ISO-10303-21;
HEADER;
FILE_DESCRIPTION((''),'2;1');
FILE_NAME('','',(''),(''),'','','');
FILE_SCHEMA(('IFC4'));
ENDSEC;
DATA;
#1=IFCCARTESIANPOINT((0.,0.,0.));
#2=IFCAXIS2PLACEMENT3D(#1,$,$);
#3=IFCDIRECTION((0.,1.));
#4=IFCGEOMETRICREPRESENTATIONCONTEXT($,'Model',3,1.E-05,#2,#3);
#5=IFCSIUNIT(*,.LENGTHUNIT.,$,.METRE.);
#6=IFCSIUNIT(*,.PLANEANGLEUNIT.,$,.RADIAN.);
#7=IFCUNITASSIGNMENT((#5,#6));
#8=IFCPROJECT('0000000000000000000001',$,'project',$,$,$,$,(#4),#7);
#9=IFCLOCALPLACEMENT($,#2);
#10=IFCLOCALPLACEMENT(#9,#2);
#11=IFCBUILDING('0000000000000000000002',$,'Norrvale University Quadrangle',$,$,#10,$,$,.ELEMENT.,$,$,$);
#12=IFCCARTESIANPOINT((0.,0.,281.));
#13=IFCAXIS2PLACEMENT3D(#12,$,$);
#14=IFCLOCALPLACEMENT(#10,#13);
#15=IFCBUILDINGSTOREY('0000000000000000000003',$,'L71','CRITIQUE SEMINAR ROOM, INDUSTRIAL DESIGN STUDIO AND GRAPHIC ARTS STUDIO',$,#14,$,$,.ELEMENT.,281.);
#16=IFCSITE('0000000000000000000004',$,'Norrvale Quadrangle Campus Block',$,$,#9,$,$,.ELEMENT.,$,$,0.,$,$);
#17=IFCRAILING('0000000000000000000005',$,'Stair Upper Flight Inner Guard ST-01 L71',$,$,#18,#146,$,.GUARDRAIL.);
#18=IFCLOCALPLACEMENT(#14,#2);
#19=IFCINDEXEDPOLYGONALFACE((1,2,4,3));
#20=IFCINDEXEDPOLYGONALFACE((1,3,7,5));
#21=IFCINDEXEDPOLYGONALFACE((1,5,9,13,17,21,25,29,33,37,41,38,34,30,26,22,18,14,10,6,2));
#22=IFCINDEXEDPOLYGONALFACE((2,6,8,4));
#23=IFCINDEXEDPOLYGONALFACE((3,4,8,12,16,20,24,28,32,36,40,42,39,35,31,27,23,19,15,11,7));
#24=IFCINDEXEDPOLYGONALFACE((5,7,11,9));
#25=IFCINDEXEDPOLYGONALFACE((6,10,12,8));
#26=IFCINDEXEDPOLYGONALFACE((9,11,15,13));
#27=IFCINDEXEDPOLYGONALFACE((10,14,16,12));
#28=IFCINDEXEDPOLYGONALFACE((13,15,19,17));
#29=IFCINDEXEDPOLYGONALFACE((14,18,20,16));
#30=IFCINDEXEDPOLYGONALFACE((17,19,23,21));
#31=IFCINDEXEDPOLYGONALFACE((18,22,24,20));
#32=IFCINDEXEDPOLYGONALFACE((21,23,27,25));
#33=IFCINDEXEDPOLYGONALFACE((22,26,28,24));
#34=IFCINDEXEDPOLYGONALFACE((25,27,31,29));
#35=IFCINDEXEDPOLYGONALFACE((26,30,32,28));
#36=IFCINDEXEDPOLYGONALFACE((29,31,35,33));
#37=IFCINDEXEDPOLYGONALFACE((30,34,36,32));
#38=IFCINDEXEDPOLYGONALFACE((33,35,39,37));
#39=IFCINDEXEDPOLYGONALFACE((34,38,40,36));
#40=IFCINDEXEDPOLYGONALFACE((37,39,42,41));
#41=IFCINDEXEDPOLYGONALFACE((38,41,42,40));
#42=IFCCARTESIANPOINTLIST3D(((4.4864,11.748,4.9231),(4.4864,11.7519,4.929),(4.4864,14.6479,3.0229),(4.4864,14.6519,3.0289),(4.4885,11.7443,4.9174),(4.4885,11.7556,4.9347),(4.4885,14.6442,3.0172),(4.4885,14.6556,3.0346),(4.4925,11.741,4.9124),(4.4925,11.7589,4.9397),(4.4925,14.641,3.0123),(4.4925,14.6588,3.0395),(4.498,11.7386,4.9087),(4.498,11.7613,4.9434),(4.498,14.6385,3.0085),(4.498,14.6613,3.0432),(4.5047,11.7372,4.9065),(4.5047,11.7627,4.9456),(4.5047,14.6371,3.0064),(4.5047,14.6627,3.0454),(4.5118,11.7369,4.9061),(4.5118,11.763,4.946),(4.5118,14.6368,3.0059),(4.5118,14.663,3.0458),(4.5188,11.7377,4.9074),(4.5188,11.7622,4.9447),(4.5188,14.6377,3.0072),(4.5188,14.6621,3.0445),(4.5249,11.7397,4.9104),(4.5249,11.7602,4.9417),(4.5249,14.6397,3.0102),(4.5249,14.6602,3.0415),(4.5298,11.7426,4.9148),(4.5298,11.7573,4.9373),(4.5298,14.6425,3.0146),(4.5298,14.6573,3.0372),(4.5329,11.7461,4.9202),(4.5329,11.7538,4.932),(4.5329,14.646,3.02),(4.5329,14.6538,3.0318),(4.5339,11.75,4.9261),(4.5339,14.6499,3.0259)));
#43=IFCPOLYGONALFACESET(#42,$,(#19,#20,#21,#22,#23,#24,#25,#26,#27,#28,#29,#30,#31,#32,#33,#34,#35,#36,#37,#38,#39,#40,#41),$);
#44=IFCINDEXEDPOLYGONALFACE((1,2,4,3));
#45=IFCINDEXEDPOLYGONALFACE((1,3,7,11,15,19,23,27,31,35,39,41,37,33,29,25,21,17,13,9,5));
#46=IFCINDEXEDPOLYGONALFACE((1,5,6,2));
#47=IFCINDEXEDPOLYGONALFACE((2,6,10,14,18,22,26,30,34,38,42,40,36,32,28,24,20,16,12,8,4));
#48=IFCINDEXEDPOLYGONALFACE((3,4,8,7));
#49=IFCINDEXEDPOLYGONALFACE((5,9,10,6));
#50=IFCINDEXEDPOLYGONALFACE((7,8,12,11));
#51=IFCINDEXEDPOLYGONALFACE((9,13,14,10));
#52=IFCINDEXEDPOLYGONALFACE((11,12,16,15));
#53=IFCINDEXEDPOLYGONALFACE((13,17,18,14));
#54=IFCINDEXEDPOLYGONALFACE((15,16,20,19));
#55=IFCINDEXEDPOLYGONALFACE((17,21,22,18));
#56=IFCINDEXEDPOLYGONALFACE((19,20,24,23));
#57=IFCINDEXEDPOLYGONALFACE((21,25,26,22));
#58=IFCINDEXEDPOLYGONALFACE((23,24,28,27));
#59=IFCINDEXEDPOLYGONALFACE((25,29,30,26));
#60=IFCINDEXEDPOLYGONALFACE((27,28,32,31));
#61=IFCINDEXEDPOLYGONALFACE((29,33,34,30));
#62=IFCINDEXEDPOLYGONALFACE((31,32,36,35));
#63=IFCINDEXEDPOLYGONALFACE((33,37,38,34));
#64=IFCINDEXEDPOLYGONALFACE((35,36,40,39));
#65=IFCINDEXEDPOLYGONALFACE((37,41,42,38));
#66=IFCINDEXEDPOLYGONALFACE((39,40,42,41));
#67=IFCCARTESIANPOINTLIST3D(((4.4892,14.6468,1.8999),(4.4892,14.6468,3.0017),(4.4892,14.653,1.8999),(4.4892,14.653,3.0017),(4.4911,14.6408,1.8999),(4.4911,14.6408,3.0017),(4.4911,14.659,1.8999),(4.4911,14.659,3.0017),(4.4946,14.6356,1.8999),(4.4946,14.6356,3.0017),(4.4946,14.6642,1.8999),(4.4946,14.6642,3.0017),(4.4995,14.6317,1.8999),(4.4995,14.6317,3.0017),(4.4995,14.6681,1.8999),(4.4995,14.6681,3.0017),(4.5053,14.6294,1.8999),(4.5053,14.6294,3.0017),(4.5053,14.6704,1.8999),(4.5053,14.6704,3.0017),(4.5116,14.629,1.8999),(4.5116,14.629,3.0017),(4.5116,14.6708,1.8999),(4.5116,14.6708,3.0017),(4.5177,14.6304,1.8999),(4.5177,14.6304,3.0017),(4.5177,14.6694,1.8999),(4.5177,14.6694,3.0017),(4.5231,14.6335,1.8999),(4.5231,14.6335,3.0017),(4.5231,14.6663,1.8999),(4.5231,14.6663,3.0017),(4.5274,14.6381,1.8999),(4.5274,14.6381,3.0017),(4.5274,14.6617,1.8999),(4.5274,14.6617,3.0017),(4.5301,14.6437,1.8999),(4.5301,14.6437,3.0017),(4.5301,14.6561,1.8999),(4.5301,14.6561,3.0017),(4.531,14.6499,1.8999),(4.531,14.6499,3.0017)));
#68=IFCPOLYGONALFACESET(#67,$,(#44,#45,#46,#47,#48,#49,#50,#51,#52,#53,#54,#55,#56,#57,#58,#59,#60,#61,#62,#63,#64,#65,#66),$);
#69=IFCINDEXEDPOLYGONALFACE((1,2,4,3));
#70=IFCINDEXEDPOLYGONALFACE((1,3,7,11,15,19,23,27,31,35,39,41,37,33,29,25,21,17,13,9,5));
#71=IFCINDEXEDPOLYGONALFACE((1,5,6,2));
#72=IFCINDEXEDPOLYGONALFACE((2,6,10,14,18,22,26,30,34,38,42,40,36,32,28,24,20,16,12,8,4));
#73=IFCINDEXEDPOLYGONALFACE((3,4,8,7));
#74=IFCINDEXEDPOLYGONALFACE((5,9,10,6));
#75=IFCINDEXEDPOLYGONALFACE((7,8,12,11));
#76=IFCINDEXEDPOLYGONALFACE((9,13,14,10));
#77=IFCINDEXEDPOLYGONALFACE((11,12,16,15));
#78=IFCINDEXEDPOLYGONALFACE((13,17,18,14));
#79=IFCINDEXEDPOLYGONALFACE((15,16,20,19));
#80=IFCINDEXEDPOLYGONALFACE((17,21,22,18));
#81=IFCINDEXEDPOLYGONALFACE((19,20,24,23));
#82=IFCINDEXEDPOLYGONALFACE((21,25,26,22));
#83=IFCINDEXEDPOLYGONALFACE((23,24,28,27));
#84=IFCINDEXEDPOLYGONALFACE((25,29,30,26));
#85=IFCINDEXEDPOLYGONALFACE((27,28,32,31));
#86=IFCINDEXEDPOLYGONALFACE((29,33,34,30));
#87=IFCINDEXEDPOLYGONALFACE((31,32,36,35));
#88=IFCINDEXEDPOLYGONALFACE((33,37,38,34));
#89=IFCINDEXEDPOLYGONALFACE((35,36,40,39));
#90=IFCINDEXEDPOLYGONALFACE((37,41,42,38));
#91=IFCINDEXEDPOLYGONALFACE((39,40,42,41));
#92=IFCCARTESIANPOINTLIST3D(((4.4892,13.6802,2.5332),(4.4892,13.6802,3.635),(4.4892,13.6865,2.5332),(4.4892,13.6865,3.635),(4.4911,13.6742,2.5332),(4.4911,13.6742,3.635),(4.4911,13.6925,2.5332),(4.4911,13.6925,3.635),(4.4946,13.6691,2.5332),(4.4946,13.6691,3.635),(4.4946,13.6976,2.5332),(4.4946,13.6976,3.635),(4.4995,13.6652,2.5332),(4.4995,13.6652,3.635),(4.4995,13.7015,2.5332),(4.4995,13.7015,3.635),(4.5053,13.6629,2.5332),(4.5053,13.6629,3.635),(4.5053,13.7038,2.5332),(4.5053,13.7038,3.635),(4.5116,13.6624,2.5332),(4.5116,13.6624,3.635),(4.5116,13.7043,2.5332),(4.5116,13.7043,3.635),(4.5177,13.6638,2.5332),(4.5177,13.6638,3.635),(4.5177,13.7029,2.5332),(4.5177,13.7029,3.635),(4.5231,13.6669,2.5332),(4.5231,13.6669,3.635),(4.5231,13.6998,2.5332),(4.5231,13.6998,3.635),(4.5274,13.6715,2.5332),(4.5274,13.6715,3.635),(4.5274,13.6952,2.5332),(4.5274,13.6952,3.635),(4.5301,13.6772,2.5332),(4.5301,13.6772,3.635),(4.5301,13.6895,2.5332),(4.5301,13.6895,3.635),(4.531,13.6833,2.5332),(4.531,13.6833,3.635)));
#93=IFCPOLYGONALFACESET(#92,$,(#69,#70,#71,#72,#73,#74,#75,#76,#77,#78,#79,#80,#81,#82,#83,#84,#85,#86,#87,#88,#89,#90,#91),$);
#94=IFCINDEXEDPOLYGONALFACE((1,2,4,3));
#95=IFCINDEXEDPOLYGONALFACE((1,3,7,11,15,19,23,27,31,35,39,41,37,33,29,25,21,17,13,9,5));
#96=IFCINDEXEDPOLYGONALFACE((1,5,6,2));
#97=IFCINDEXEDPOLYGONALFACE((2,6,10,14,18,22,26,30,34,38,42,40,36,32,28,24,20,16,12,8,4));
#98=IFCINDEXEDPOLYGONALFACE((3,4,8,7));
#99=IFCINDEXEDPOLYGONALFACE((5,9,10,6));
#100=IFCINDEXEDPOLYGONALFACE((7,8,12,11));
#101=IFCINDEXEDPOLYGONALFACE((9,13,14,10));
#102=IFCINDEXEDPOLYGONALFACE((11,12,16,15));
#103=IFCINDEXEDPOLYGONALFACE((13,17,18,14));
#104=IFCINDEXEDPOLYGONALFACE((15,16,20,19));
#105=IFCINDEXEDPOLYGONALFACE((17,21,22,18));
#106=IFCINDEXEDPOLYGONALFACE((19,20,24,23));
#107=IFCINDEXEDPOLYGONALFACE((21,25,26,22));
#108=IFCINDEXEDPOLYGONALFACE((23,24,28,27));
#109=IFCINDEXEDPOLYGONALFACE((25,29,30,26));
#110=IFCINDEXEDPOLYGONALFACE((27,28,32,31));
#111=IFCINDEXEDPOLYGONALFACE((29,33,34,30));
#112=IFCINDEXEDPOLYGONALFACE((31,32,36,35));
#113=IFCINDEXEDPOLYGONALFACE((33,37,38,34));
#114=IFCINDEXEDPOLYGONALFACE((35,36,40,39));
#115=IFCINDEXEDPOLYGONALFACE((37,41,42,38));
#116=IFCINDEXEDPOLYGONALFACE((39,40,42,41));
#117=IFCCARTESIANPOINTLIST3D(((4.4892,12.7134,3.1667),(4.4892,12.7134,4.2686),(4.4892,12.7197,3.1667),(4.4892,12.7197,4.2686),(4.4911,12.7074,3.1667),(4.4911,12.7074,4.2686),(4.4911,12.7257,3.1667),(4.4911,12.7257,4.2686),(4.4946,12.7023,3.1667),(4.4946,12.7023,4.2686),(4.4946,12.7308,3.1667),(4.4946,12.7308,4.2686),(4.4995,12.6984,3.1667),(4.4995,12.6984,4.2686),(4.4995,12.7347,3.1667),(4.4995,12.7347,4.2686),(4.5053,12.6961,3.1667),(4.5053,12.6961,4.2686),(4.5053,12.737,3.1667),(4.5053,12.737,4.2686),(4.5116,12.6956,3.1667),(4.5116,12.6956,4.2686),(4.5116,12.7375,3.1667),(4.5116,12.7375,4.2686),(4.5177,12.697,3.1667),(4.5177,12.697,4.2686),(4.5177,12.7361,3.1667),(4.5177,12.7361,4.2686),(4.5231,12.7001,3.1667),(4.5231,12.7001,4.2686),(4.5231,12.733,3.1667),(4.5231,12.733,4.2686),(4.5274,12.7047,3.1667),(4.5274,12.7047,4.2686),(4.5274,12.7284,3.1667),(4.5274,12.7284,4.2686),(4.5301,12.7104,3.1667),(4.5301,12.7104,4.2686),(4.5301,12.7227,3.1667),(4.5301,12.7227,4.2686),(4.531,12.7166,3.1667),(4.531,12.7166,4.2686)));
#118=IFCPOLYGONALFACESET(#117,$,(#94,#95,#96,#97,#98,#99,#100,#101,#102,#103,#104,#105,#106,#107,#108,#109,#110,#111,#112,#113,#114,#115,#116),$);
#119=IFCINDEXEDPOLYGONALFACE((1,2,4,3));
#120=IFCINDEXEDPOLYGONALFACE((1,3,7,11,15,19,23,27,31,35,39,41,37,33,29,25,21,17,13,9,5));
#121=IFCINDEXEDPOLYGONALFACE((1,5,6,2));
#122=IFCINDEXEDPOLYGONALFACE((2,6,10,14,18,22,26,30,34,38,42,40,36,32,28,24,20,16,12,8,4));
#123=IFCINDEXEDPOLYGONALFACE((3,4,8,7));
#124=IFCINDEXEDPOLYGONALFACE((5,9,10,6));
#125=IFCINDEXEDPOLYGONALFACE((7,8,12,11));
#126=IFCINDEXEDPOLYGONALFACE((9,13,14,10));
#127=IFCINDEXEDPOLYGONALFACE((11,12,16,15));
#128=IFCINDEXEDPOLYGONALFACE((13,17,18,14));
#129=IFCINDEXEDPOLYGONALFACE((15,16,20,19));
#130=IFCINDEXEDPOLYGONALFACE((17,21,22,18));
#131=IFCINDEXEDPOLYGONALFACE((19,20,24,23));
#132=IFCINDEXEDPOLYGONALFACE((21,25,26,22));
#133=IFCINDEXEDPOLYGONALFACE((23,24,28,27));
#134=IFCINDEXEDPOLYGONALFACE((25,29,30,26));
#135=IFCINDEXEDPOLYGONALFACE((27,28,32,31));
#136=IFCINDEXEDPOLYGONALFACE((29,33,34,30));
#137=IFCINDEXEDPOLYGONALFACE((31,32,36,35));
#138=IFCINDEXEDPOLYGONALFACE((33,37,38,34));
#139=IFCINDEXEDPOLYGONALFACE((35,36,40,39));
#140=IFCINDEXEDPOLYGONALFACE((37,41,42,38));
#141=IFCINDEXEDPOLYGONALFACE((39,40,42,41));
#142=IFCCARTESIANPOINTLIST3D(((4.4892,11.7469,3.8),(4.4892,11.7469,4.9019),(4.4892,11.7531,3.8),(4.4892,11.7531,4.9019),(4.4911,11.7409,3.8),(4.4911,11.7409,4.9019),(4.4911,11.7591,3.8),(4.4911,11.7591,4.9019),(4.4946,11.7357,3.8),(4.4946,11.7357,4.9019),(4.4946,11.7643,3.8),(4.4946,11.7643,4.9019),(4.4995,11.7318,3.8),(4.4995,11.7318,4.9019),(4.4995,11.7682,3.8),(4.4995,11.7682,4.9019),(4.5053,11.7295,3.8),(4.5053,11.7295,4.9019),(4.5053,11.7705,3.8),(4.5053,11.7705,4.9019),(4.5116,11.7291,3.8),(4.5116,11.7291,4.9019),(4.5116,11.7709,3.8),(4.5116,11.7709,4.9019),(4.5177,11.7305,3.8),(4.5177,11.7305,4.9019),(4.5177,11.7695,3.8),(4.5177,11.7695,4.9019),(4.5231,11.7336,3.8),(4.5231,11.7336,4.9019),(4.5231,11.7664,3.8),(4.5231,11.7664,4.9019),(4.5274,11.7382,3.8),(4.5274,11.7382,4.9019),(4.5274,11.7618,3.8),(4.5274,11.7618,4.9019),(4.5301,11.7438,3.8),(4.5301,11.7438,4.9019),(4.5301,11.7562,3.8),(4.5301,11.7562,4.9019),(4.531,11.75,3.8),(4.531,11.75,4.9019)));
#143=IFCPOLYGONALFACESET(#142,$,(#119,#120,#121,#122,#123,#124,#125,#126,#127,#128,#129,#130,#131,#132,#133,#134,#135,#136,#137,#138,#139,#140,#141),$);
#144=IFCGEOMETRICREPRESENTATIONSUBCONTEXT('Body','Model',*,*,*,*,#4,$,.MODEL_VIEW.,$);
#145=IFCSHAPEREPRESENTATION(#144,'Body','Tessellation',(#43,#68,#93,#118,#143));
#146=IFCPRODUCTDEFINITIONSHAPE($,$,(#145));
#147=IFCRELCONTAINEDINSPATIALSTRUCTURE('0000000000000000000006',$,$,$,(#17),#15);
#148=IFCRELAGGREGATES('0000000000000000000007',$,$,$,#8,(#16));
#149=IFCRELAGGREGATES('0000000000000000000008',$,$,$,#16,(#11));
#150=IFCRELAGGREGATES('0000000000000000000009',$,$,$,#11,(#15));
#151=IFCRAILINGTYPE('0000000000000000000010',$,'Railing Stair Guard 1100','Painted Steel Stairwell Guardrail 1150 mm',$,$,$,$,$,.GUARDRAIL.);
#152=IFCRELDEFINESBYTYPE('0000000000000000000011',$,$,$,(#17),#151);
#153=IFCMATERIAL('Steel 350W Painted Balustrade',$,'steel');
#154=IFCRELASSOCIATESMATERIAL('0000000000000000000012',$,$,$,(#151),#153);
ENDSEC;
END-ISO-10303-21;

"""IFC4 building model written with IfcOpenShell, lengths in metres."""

from ifc_helpers import new_model, si_unit, direction, frame, origin, origin_2d, place, context, subcontext, project, spatial, circle, extrude, material, type_object, element, save


model = new_model("IFC4")

# Units and contexts
model_context = context("Model", 3, precision=1e-05, world=origin(), true_north=direction((0.0, 1.0)))
body_context = subcontext(model_context, "Body", "Model", "MODEL_VIEW")
ifc_project = project(units=[si_unit("LENGTHUNIT", "METRE"), si_unit("PLANEANGLEUNIT", "RADIAN")], contexts=[model_context])

# Site, building, storey
site_placement = place(None, origin())
site = spatial("IfcSite", under=ifc_project, at=site_placement, Name="Norrvale Quadrangle Campus Block", CompositionType="ELEMENT", RefElevation=0.0)
building_placement = place(site_placement, origin())
building = spatial("IfcBuilding", under=site, at=building_placement, Name="Norrvale University Quadrangle", CompositionType="ELEMENT")
storey_placement = place(building_placement, frame((0.0, 0.0, 281.0)))
storey = spatial("IfcBuildingStorey", under=building, at=storey_placement, Name="L71", Description="CRITIQUE SEMINAR ROOM, INDUSTRIAL DESIGN STUDIO AND GRAPHIC ARTS STUDIO", CompositionType="ELEMENT", Elevation=281.0)

# Railing
ifc_material_1 = material(Name="Steel 350W Painted Balustrade", Category="steel")
railing_type_1 = type_object("IfcRailingType", Name="Railing Stair Guard 1100", Description="Painted Steel Stairwell Guardrail 1150 mm", PredefinedType="GUARDRAIL", material=ifc_material_1)
railing_1_placement = place(storey_placement, frame((4.51, 14.6499, 1.8999)))
element("IfcRailing", 1, at=railing_1_placement, inside=storey, type_object=railing_type_1, Name="Stair Upper Flight Inner Guard ST-01 L71", PredefinedType="GUARDRAIL", context=body_context, shape_type="SweptSolid", body=[
    extrude(circle(Radius=0.0239, at=origin_2d()), frame((0.0, 0.0, 1.126), z_axis=(0.0, -0.836433, 0.548069), x_axis=(1.0, 0.0, 0.0)), (0.0, 0.0, 1.0), 3.467),
    extrude(circle(Radius=0.021, at=origin_2d()), origin(), (0.0, 0.0, 1.0), 1.1018),
    extrude(circle(Radius=0.021, at=origin_2d()), frame((0.0, -0.9666, 0.6333)), (0.0, 0.0, 1.0), 1.1018),
    extrude(circle(Radius=0.021, at=origin_2d()), frame((0.0, -1.9333, 1.2668)), (0.0, 0.0, 1.0), 1.1018),
    extrude(circle(Radius=0.021, at=origin_2d()), frame((0.0, -2.8999, 1.9001)), (0.0, 0.0, 1.0), 1.1018),
])

save(model, "model.ifc")
